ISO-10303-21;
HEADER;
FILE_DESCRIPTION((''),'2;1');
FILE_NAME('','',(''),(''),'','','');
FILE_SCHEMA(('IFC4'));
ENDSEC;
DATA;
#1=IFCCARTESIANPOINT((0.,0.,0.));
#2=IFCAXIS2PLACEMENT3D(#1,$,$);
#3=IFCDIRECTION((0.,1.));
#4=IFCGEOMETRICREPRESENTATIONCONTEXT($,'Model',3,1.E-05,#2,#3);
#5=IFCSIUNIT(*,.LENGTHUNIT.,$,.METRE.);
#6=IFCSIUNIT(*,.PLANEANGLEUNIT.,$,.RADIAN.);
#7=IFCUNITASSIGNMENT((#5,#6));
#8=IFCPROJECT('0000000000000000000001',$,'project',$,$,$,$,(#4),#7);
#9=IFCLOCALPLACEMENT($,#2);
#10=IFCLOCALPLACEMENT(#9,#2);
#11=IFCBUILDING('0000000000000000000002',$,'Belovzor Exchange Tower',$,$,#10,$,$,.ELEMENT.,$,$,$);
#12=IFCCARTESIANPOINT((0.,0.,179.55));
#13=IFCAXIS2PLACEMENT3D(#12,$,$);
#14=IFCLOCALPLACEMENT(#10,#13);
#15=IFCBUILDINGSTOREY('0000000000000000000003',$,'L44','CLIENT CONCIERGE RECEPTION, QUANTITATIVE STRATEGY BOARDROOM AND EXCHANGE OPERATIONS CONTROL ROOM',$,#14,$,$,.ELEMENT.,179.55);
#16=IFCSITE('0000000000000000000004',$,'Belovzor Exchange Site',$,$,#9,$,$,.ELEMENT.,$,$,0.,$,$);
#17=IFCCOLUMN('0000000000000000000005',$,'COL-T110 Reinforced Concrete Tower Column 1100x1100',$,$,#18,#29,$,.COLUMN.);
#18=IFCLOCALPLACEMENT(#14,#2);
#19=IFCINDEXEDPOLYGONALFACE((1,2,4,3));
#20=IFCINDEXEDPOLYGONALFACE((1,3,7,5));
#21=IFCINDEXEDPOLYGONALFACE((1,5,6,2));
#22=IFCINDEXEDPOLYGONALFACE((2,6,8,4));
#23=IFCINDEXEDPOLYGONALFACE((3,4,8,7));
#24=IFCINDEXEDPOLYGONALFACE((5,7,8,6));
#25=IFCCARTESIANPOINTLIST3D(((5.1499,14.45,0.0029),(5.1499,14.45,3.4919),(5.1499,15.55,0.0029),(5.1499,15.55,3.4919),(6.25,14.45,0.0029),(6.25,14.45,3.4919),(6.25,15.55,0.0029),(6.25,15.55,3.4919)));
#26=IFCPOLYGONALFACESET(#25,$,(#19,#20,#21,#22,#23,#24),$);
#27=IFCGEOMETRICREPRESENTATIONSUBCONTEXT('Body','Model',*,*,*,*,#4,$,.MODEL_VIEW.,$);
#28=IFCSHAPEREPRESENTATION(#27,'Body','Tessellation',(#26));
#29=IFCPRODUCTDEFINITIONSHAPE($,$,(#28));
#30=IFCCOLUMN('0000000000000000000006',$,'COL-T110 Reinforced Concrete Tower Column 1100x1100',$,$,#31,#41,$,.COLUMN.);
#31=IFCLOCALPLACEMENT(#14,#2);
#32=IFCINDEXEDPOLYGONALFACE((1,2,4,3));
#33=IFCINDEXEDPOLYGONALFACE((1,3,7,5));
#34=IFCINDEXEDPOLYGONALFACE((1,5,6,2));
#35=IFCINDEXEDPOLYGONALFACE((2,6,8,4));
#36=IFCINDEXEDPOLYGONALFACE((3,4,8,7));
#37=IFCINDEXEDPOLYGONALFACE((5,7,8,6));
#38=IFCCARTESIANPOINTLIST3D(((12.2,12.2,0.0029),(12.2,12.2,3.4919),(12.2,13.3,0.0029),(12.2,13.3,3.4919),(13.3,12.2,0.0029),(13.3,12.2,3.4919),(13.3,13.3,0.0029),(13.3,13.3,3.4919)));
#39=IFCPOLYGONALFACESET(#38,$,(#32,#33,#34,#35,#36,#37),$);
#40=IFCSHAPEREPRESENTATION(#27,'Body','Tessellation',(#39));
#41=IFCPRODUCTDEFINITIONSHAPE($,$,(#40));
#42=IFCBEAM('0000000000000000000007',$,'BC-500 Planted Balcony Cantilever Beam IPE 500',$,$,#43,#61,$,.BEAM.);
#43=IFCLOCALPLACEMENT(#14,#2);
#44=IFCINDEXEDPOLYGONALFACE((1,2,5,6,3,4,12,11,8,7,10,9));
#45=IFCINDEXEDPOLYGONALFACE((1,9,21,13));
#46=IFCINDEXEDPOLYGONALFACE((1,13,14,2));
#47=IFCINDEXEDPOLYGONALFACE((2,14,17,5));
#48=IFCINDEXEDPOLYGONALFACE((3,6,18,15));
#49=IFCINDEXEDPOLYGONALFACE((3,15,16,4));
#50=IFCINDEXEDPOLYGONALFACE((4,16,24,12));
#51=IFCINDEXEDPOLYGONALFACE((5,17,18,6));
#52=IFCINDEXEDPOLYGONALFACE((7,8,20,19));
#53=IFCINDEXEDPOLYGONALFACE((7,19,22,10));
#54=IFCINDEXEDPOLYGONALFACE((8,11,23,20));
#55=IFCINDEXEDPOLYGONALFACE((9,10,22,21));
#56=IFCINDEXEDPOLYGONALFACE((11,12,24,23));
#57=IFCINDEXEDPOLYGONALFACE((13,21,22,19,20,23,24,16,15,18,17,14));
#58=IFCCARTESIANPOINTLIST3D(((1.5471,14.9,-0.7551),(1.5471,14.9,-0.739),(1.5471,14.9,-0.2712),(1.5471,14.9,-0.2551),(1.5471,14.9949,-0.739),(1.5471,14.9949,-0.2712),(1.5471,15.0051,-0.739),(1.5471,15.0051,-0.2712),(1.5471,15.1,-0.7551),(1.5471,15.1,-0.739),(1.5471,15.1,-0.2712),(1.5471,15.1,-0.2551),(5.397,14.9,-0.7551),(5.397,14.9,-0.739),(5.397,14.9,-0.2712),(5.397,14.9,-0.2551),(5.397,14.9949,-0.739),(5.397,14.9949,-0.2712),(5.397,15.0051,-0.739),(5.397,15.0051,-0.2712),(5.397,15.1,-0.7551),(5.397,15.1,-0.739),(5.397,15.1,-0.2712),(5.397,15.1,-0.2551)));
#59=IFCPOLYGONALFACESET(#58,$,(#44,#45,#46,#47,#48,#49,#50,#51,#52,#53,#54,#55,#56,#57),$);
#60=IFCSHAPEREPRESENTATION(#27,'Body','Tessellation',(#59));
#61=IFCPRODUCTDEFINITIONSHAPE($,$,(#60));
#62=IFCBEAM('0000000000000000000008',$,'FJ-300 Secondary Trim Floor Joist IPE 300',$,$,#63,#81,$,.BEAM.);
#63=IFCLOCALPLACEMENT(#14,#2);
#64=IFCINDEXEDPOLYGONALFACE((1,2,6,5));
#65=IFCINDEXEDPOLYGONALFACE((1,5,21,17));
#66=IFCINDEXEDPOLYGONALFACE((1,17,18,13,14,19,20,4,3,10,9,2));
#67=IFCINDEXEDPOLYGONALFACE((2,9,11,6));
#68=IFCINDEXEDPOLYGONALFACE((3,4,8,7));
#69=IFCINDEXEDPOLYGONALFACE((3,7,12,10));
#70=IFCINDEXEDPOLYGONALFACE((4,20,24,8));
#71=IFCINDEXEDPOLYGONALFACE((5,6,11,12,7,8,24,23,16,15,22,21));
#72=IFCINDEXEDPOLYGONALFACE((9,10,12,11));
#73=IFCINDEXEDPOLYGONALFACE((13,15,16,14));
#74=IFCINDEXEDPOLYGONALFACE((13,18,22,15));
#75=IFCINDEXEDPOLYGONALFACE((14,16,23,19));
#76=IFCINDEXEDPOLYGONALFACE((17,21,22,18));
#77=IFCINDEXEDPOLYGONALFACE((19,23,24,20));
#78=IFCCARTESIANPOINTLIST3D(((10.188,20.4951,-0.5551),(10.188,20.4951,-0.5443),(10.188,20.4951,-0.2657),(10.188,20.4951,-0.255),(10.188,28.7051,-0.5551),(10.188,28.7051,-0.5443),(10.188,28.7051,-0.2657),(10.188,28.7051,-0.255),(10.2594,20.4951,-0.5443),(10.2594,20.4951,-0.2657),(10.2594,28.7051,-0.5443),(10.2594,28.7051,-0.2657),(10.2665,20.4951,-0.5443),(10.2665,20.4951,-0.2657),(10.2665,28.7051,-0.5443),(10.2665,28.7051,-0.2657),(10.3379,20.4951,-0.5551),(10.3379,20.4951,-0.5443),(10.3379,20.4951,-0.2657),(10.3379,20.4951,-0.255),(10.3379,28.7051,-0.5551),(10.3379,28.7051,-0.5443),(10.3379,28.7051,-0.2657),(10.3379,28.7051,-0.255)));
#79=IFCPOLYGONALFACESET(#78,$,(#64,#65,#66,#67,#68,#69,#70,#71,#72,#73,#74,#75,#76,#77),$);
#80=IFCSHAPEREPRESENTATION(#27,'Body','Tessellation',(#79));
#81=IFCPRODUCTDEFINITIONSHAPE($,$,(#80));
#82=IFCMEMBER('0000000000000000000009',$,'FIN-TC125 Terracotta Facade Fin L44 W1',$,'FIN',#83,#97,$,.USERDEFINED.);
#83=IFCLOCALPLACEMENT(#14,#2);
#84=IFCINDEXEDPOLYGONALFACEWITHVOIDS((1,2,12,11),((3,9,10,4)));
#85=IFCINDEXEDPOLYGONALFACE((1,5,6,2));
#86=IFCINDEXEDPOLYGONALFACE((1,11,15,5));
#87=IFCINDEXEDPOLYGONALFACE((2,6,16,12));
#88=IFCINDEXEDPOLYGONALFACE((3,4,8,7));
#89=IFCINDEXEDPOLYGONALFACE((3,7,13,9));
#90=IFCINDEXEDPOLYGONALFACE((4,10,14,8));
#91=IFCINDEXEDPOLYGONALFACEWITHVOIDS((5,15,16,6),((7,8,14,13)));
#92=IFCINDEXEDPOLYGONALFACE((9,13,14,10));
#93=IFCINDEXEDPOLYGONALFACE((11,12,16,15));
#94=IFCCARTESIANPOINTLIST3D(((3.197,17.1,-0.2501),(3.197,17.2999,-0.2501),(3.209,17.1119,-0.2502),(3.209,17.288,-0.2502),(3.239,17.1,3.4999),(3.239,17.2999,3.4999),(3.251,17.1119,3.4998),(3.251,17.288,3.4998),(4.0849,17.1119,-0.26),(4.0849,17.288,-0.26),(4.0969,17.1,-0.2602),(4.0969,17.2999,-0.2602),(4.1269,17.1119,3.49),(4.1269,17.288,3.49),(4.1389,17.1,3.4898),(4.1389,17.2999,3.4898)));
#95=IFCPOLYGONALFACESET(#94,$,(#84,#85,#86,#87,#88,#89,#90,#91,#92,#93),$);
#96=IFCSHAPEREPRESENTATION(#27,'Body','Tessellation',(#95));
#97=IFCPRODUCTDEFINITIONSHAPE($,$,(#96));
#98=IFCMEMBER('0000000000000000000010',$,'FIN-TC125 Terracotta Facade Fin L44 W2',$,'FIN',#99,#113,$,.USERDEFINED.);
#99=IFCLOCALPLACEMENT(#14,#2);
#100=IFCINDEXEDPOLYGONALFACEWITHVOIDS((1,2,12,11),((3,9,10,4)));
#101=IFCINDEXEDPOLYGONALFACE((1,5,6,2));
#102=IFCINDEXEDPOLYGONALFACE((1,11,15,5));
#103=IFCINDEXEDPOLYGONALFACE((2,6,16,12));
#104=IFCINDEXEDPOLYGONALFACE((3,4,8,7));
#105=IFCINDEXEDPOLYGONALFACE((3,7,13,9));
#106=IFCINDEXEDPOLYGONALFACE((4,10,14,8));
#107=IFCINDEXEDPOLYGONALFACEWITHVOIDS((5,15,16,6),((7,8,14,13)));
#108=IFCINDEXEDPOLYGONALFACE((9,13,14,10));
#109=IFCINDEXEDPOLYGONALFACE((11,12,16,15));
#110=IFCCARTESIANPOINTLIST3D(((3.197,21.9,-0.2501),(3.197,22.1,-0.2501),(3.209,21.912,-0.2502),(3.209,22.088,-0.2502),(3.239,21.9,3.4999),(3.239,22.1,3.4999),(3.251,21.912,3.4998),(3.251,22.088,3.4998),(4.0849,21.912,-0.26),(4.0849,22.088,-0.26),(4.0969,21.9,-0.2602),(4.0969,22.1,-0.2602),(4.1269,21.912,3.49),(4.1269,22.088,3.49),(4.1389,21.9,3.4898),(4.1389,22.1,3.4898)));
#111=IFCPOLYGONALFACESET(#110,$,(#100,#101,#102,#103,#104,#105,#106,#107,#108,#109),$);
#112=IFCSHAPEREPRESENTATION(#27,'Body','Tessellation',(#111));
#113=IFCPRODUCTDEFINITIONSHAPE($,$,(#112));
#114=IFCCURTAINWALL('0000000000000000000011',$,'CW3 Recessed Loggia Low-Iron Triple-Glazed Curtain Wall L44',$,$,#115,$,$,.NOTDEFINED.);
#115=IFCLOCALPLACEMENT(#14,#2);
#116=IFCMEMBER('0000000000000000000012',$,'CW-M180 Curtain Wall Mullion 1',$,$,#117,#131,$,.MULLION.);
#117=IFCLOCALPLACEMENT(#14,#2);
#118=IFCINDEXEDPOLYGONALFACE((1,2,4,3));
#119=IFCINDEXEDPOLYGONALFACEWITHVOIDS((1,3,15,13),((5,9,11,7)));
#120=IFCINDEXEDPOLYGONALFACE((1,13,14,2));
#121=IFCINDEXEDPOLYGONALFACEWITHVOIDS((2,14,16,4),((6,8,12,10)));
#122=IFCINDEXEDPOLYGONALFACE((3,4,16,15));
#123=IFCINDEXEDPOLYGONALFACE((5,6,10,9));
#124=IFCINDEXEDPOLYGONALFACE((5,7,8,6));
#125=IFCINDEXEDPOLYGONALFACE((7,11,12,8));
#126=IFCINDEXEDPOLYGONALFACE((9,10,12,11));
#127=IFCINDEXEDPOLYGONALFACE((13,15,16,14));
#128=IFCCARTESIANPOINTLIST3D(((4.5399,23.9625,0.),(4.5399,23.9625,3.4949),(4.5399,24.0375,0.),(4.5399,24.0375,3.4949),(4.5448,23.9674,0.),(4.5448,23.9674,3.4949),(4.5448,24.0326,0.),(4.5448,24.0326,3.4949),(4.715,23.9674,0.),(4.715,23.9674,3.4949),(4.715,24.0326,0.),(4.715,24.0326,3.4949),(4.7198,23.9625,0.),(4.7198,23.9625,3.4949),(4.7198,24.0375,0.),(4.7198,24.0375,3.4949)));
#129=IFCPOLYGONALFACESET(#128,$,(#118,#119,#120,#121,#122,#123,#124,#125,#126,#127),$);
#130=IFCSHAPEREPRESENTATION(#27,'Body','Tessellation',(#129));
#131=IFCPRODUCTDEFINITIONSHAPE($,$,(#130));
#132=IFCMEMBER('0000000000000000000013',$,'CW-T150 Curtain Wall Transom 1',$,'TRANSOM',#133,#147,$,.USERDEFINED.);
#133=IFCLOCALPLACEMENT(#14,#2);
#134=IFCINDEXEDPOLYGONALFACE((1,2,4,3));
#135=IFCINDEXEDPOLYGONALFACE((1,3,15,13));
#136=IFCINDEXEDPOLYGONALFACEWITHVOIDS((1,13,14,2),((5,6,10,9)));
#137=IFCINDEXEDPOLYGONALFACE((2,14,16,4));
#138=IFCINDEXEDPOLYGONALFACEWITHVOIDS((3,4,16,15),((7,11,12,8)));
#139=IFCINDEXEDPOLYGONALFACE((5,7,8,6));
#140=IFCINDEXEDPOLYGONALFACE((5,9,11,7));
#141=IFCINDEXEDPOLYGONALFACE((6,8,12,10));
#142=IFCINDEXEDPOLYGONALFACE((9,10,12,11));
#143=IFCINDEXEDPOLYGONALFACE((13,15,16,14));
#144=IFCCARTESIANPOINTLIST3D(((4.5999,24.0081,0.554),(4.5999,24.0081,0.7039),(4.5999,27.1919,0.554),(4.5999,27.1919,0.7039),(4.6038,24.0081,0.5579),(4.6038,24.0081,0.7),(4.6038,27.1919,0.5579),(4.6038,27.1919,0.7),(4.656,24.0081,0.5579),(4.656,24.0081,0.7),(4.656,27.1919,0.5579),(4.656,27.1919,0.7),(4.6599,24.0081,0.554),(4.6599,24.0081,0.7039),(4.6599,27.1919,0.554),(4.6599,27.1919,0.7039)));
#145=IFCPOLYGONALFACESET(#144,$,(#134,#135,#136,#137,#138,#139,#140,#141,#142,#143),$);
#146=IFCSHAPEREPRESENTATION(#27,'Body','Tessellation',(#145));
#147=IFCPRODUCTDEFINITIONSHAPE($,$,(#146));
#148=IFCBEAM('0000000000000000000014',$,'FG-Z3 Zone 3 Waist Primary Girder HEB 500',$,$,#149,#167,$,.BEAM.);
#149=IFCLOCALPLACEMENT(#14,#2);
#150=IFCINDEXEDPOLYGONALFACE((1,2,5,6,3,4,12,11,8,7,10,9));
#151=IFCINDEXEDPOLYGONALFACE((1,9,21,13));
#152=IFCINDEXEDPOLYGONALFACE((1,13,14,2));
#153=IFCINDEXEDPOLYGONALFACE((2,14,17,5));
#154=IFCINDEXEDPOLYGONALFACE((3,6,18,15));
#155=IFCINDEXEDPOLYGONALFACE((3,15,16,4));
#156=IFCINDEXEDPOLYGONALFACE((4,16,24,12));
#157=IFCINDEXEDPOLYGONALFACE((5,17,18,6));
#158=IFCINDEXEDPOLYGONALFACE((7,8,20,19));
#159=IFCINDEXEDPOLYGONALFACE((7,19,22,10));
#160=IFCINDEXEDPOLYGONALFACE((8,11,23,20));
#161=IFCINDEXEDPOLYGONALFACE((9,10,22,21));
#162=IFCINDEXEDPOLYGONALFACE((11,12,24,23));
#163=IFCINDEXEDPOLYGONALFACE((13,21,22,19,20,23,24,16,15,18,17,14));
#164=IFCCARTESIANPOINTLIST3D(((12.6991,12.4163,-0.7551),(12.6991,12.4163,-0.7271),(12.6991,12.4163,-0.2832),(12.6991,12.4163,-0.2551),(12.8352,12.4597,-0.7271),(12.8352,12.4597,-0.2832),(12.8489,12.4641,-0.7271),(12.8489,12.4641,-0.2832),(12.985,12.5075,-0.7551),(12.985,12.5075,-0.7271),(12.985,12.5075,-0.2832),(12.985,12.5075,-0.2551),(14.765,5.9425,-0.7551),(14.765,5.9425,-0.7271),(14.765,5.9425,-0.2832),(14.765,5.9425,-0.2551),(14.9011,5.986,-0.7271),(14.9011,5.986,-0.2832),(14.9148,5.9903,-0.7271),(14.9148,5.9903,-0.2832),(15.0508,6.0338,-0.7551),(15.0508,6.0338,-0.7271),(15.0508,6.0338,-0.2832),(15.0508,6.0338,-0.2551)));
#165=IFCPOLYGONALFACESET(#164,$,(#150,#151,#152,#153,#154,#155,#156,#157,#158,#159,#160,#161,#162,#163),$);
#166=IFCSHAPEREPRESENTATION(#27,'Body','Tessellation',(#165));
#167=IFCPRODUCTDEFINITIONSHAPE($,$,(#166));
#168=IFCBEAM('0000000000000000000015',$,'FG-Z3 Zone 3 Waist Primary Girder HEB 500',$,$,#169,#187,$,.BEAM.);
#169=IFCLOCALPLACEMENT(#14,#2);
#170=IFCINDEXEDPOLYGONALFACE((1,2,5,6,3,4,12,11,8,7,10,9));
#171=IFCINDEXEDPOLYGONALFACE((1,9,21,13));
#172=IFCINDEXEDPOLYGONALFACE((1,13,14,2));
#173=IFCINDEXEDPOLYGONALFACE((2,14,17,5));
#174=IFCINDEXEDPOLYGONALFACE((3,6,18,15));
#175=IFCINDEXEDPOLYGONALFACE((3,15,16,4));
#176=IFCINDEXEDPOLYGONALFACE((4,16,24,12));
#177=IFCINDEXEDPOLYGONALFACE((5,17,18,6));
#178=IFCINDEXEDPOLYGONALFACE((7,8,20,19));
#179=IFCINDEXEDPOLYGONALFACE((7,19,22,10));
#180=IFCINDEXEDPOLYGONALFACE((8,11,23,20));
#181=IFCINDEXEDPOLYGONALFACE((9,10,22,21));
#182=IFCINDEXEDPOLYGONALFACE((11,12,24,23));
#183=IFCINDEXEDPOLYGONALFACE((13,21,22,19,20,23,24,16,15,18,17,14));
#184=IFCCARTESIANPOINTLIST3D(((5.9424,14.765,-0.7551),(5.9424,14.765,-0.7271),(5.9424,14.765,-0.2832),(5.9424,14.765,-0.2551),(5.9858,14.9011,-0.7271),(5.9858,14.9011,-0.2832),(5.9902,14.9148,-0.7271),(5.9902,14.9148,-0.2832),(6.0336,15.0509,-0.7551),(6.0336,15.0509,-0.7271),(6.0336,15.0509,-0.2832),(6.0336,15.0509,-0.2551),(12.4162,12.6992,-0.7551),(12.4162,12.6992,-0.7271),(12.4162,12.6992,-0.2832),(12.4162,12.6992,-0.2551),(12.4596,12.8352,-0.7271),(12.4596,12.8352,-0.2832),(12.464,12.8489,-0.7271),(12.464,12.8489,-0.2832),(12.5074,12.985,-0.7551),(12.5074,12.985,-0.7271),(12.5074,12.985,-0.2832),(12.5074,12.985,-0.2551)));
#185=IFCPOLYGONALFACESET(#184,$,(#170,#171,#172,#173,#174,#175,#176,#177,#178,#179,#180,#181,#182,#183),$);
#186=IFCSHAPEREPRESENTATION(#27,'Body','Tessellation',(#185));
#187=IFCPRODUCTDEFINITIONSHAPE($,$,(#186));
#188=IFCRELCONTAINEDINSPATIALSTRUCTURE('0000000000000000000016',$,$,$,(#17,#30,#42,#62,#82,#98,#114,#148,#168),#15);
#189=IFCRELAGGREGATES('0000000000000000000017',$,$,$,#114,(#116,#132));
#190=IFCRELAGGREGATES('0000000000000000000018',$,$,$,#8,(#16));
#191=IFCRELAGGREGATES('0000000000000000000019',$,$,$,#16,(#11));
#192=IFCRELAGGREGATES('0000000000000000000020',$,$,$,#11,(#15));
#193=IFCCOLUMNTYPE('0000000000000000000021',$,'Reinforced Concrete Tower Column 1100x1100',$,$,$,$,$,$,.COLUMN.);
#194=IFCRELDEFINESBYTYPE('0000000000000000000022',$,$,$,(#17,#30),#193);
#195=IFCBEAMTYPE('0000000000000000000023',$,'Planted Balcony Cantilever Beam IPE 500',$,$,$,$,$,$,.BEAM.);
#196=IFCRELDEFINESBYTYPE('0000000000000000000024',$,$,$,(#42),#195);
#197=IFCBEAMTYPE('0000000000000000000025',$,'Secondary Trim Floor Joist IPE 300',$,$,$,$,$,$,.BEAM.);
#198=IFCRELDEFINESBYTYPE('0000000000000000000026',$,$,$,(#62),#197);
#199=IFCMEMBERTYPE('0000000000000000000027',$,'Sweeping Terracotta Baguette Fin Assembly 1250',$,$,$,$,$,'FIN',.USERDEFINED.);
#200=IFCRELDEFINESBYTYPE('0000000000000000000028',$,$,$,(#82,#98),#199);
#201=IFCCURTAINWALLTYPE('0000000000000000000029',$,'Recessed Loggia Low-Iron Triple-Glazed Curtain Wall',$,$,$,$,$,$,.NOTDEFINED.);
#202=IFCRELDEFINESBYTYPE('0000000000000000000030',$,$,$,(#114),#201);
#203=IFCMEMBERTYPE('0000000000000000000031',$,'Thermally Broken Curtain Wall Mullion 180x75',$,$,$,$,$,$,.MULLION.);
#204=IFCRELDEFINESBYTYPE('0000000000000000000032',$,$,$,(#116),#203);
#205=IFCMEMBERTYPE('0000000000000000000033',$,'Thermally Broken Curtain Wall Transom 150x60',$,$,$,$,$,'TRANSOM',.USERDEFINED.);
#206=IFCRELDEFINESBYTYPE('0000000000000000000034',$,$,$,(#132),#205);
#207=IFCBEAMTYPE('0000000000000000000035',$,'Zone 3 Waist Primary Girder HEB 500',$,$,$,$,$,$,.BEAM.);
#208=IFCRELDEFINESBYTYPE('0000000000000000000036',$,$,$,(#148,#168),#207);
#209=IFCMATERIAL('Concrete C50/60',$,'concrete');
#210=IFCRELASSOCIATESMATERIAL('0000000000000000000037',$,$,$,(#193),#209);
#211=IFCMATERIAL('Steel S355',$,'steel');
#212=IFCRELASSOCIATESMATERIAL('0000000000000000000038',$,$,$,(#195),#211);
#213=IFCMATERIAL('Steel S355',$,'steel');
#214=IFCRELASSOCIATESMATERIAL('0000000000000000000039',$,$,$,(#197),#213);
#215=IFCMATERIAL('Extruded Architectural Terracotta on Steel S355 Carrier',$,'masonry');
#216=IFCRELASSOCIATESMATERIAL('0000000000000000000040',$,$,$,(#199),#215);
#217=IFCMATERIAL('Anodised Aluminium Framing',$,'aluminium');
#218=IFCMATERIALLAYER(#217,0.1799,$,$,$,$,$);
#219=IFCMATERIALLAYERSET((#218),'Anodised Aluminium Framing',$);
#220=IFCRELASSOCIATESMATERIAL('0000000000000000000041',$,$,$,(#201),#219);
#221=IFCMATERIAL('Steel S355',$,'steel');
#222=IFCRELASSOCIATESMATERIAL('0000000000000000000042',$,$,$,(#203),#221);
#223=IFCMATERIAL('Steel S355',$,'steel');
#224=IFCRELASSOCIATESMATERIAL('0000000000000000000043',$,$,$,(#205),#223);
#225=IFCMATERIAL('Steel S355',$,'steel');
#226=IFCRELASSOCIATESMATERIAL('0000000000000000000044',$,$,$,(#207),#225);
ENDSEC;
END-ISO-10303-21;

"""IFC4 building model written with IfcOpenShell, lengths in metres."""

from ifc_helpers import new_model, si_unit, direction, frame, origin, origin_2d, place, context, subcontext, project, spatial, rectangle, hollow_rectangle, i_section, extrude, material, layer, layer_set, material_profile, profile_set, type_object, element, aggregate, save


model = new_model("IFC4")

# Units and contexts
model_context = context("Model", 3, precision=1e-05, world=origin(), true_north=direction((0.0, 1.0)))
body_context = subcontext(model_context, "Body", "Model", "MODEL_VIEW")
ifc_project = project(units=[si_unit("LENGTHUNIT", "METRE"), si_unit("PLANEANGLEUNIT", "RADIAN")], contexts=[model_context])

# Site, building, storey
site_placement = place(None, origin())
site = spatial("IfcSite", under=ifc_project, at=site_placement, Name="Belovzor Exchange Site", CompositionType="ELEMENT", RefElevation=0.0)
building_placement = place(site_placement, origin())
building = spatial("IfcBuilding", under=site, at=building_placement, Name="Belovzor Exchange Tower", CompositionType="ELEMENT")
storey_placement = place(building_placement, frame((0.0, 0.0, 179.55)))
storey = spatial("IfcBuildingStorey", under=building, at=storey_placement, Name="L44", Description="CLIENT CONCIERGE RECEPTION, QUANTITATIVE STRATEGY BOARDROOM AND EXCHANGE OPERATIONS CONTROL ROOM", CompositionType="ELEMENT", Elevation=179.55)

# Columns
ifc_material_1 = material(Name="Concrete C50/60", Category="concrete")
ifc_material_profile_1 = material_profile(ifc_material_1, rectangle(XDim=1.1001, YDim=1.1001, at=origin_2d()))
ifc_profile_set_1 = profile_set([ifc_material_profile_1], Name="Concrete C50/60")
column_type = type_object("IfcColumnType", Name="Reinforced Concrete Tower Column 1100x1100", PredefinedType="COLUMN", material=ifc_profile_set_1)
for number, where, z_axis, x_axis, name in (
    (1, (5.7, 15.0, 0.0029), (0.0, 0.0, 1.0), (1.0, 0.0, 0.0), "COL-T110 Reinforced Concrete Tower Column 1100x1100"),
    (2, (12.75, 12.75, 0.0029), (0.0, 0.0, 1.0), (1.0, 0.0, 0.0), "COL-T110 Reinforced Concrete Tower Column 1100x1100"),
):
    element("IfcColumn", number, at=place(storey_placement, frame(where, z_axis=z_axis, x_axis=x_axis)), inside=storey, type_object=column_type, Name=name, PredefinedType="COLUMN", context=body_context, shape_type="SweptSolid", body=[
        extrude(rectangle(XDim=1.1001, YDim=1.1001, at=origin_2d()), origin(), (0.0, 0.0, 1.0), 3.489),
    ])

# Beams
ifc_material_2 = material(Name="Steel S355", Category="steel")
ifc_material_profile_2 = material_profile(ifc_material_2, i_section(OverallWidth=0.2, OverallDepth=0.5, WebThickness=0.0103, FlangeThickness=0.0161, at=origin_2d()))
ifc_profile_set_2 = profile_set([ifc_material_profile_2], Name="Steel S355")
beam_type_1 = type_object("IfcBeamType", Name="Planted Balcony Cantilever Beam IPE 500", PredefinedType="BEAM", material=ifc_profile_set_2)
beam_1_placement = place(storey_placement, frame((5.397, 15.0, -0.5051), z_axis=(-1.0, 0.0, 0.0), x_axis=(0.0, -1.0, 0.0)))
element("IfcBeam", 3, at=beam_1_placement, inside=storey, type_object=beam_type_1, Name="BC-500 Planted Balcony Cantilever Beam IPE 500", PredefinedType="BEAM", context=body_context, shape_type="SweptSolid", body=[
    extrude(i_section(OverallWidth=0.2, OverallDepth=0.5, WebThickness=0.0103, FlangeThickness=0.0161, at=origin_2d()), origin(), (0.0, 0.0, 1.0), 3.8499),
])
ifc_material_3 = material(Name="Steel S355", Category="steel")
ifc_material_profile_3 = material_profile(ifc_material_3, i_section(OverallWidth=0.1499, OverallDepth=0.3, WebThickness=0.0071, FlangeThickness=0.0107, at=origin_2d()))
ifc_profile_set_3 = profile_set([ifc_material_profile_3], Name="Steel S355")
beam_type_2 = type_object("IfcBeamType", Name="Secondary Trim Floor Joist IPE 300", PredefinedType="BEAM", material=ifc_profile_set_3)
beam_2_placement = place(storey_placement, frame((10.2629, 20.4951, -0.405), z_axis=(0.0, 1.0, 0.0), x_axis=(-1.0, 0.0, 0.0)))
element("IfcBeam", 4, at=beam_2_placement, inside=storey, type_object=beam_type_2, Name="FJ-300 Secondary Trim Floor Joist IPE 300", PredefinedType="BEAM", context=body_context, shape_type="SweptSolid", body=[
    extrude(i_section(OverallWidth=0.1499, OverallDepth=0.3, WebThickness=0.0071, FlangeThickness=0.0107, at=origin_2d()), origin(), (0.0, 0.0, 1.0), 8.21),
])

# Members
ifc_material_4 = material(Name="Extruded Architectural Terracotta on Steel S355 Carrier", Category="masonry")
ifc_material_profile_4 = material_profile(ifc_material_4, hollow_rectangle(XDim=0.2, YDim=0.8999, WallThickness=0.012, at=origin_2d()))
ifc_profile_set_4 = profile_set([ifc_material_profile_4], Name="Extruded Architectural Terracotta on Steel S355 Carrier")
member_type_1 = type_object("IfcMemberType", Name="Sweeping Terracotta Baguette Fin Assembly 1250", ElementType="FIN", PredefinedType="USERDEFINED", material=ifc_profile_set_4)
for number, where, z_axis, x_axis, name in (
    (5, (3.647, 17.2, -0.2551), (0.011197, 0.0, 0.999937), (0.0, 1.0, 0.0), "FIN-TC125 Terracotta Facade Fin L44 W1"),
    (6, (3.647, 22.0, -0.2551), (0.011197, 0.0, 0.999937), (0.0, 1.0, 0.0), "FIN-TC125 Terracotta Facade Fin L44 W2"),
):
    element("IfcMember", number, at=place(storey_placement, frame(where, z_axis=z_axis, x_axis=x_axis)), inside=storey, type_object=member_type_1, Name=name, ObjectType="FIN", PredefinedType="USERDEFINED", context=body_context, shape_type="SweptSolid", body=[
        extrude(hollow_rectangle(XDim=0.2, YDim=0.8999, WallThickness=0.012, at=origin_2d()), origin(), (0.0, 0.0, 1.0), 3.7502),
    ])

# Curtain wall, members
ifc_material_5 = material(Name="Anodised Aluminium Framing", Category="aluminium")
ifc_layer_1 = layer(ifc_material_5, 0.1799)
ifc_layer_set_1 = layer_set([ifc_layer_1], Name="Anodised Aluminium Framing")
curtain_wall_type = type_object("IfcCurtainWallType", Name="Recessed Loggia Low-Iron Triple-Glazed Curtain Wall", PredefinedType="NOTDEFINED", material=ifc_layer_set_1)
curtain_wall_placement = place(storey_placement, origin())
curtain_wall = element("IfcCurtainWall", 7, at=curtain_wall_placement, inside=storey, type_object=curtain_wall_type, Name="CW3 Recessed Loggia Low-Iron Triple-Glazed Curtain Wall L44", PredefinedType="NOTDEFINED")
ifc_material_6 = material(Name="Steel S355", Category="steel")
ifc_material_profile_5 = material_profile(ifc_material_6, hollow_rectangle(XDim=0.075, YDim=0.1799, WallThickness=0.0049, at=origin_2d()))
ifc_profile_set_5 = profile_set([ifc_material_profile_5], Name="Steel S355")
member_type_2 = type_object("IfcMemberType", Name="Thermally Broken Curtain Wall Mullion 180x75", PredefinedType="MULLION", material=ifc_profile_set_5)
member_1_placement = place(storey_placement, frame((4.6299, 24.0, 0.0), z_axis=(0.0, 0.0, 1.0), x_axis=(0.0, 1.0, 0.0)))
member_1 = element("IfcMember", 8, at=member_1_placement, type_object=member_type_2, Name="CW-M180 Curtain Wall Mullion 1", PredefinedType="MULLION", context=body_context, shape_type="SweptSolid", body=[
    extrude(hollow_rectangle(XDim=0.075, YDim=0.1799, WallThickness=0.0049, at=origin_2d()), origin(), (0.0, 0.0, 1.0), 3.4949),
])
ifc_material_7 = material(Name="Steel S355", Category="steel")
ifc_material_profile_6 = material_profile(ifc_material_7, hollow_rectangle(XDim=0.0601, YDim=0.1499, WallThickness=0.0039, at=origin_2d()))
ifc_profile_set_6 = profile_set([ifc_material_profile_6], Name="Steel S355")
member_type_3 = type_object("IfcMemberType", Name="Thermally Broken Curtain Wall Transom 150x60", ElementType="TRANSOM", PredefinedType="USERDEFINED", material=ifc_profile_set_6)
member_2_placement = place(storey_placement, frame((4.6299, 24.0081, 0.6289), z_axis=(0.0, 1.0, 0.0), x_axis=(-1.0, 0.0, 0.0)))
member_2 = element("IfcMember", 9, at=member_2_placement, type_object=member_type_3, Name="CW-T150 Curtain Wall Transom 1", ObjectType="TRANSOM", PredefinedType="USERDEFINED", context=body_context, shape_type="SweptSolid", body=[
    extrude(hollow_rectangle(XDim=0.0601, YDim=0.1499, WallThickness=0.0039, at=origin_2d()), origin(), (0.0, 0.0, 1.0), 3.1838),
])

# Beams
ifc_material_8 = material(Name="Steel S355", Category="steel")
ifc_material_profile_7 = material_profile(ifc_material_8, i_section(OverallWidth=0.3, OverallDepth=0.5, WebThickness=0.0144, FlangeThickness=0.0281, at=origin_2d()))
ifc_profile_set_7 = profile_set([ifc_material_profile_7], Name="Steel S355")
beam_type_3 = type_object("IfcBeamType", Name="Zone 3 Waist Primary Girder HEB 500", PredefinedType="BEAM", material=ifc_profile_set_7)
for number, where, z_axis, x_axis, name in (
    (10, (12.842, 12.4619, -0.5051), (0.304012, -0.952668, 0.0), (0.952668, 0.304012, 0.0), "FG-Z3 Zone 3 Waist Primary Girder HEB 500"),
    (11, (5.988, 14.908, -0.5051), (0.952668, -0.304012, 0.0), (0.304012, 0.952668, 0.0), "FG-Z3 Zone 3 Waist Primary Girder HEB 500"),
):
    element("IfcBeam", number, at=place(storey_placement, frame(where, z_axis=z_axis, x_axis=x_axis)), inside=storey, type_object=beam_type_3, Name=name, PredefinedType="BEAM", context=body_context, shape_type="SweptSolid", body=[
        extrude(i_section(OverallWidth=0.3, OverallDepth=0.5, WebThickness=0.0144, FlangeThickness=0.0281, at=origin_2d()), origin(), (0.0, 0.0, 1.0), 6.7954),
    ])

aggregate(curtain_wall, [member_1, member_2])

save(model, "model.ifc")
